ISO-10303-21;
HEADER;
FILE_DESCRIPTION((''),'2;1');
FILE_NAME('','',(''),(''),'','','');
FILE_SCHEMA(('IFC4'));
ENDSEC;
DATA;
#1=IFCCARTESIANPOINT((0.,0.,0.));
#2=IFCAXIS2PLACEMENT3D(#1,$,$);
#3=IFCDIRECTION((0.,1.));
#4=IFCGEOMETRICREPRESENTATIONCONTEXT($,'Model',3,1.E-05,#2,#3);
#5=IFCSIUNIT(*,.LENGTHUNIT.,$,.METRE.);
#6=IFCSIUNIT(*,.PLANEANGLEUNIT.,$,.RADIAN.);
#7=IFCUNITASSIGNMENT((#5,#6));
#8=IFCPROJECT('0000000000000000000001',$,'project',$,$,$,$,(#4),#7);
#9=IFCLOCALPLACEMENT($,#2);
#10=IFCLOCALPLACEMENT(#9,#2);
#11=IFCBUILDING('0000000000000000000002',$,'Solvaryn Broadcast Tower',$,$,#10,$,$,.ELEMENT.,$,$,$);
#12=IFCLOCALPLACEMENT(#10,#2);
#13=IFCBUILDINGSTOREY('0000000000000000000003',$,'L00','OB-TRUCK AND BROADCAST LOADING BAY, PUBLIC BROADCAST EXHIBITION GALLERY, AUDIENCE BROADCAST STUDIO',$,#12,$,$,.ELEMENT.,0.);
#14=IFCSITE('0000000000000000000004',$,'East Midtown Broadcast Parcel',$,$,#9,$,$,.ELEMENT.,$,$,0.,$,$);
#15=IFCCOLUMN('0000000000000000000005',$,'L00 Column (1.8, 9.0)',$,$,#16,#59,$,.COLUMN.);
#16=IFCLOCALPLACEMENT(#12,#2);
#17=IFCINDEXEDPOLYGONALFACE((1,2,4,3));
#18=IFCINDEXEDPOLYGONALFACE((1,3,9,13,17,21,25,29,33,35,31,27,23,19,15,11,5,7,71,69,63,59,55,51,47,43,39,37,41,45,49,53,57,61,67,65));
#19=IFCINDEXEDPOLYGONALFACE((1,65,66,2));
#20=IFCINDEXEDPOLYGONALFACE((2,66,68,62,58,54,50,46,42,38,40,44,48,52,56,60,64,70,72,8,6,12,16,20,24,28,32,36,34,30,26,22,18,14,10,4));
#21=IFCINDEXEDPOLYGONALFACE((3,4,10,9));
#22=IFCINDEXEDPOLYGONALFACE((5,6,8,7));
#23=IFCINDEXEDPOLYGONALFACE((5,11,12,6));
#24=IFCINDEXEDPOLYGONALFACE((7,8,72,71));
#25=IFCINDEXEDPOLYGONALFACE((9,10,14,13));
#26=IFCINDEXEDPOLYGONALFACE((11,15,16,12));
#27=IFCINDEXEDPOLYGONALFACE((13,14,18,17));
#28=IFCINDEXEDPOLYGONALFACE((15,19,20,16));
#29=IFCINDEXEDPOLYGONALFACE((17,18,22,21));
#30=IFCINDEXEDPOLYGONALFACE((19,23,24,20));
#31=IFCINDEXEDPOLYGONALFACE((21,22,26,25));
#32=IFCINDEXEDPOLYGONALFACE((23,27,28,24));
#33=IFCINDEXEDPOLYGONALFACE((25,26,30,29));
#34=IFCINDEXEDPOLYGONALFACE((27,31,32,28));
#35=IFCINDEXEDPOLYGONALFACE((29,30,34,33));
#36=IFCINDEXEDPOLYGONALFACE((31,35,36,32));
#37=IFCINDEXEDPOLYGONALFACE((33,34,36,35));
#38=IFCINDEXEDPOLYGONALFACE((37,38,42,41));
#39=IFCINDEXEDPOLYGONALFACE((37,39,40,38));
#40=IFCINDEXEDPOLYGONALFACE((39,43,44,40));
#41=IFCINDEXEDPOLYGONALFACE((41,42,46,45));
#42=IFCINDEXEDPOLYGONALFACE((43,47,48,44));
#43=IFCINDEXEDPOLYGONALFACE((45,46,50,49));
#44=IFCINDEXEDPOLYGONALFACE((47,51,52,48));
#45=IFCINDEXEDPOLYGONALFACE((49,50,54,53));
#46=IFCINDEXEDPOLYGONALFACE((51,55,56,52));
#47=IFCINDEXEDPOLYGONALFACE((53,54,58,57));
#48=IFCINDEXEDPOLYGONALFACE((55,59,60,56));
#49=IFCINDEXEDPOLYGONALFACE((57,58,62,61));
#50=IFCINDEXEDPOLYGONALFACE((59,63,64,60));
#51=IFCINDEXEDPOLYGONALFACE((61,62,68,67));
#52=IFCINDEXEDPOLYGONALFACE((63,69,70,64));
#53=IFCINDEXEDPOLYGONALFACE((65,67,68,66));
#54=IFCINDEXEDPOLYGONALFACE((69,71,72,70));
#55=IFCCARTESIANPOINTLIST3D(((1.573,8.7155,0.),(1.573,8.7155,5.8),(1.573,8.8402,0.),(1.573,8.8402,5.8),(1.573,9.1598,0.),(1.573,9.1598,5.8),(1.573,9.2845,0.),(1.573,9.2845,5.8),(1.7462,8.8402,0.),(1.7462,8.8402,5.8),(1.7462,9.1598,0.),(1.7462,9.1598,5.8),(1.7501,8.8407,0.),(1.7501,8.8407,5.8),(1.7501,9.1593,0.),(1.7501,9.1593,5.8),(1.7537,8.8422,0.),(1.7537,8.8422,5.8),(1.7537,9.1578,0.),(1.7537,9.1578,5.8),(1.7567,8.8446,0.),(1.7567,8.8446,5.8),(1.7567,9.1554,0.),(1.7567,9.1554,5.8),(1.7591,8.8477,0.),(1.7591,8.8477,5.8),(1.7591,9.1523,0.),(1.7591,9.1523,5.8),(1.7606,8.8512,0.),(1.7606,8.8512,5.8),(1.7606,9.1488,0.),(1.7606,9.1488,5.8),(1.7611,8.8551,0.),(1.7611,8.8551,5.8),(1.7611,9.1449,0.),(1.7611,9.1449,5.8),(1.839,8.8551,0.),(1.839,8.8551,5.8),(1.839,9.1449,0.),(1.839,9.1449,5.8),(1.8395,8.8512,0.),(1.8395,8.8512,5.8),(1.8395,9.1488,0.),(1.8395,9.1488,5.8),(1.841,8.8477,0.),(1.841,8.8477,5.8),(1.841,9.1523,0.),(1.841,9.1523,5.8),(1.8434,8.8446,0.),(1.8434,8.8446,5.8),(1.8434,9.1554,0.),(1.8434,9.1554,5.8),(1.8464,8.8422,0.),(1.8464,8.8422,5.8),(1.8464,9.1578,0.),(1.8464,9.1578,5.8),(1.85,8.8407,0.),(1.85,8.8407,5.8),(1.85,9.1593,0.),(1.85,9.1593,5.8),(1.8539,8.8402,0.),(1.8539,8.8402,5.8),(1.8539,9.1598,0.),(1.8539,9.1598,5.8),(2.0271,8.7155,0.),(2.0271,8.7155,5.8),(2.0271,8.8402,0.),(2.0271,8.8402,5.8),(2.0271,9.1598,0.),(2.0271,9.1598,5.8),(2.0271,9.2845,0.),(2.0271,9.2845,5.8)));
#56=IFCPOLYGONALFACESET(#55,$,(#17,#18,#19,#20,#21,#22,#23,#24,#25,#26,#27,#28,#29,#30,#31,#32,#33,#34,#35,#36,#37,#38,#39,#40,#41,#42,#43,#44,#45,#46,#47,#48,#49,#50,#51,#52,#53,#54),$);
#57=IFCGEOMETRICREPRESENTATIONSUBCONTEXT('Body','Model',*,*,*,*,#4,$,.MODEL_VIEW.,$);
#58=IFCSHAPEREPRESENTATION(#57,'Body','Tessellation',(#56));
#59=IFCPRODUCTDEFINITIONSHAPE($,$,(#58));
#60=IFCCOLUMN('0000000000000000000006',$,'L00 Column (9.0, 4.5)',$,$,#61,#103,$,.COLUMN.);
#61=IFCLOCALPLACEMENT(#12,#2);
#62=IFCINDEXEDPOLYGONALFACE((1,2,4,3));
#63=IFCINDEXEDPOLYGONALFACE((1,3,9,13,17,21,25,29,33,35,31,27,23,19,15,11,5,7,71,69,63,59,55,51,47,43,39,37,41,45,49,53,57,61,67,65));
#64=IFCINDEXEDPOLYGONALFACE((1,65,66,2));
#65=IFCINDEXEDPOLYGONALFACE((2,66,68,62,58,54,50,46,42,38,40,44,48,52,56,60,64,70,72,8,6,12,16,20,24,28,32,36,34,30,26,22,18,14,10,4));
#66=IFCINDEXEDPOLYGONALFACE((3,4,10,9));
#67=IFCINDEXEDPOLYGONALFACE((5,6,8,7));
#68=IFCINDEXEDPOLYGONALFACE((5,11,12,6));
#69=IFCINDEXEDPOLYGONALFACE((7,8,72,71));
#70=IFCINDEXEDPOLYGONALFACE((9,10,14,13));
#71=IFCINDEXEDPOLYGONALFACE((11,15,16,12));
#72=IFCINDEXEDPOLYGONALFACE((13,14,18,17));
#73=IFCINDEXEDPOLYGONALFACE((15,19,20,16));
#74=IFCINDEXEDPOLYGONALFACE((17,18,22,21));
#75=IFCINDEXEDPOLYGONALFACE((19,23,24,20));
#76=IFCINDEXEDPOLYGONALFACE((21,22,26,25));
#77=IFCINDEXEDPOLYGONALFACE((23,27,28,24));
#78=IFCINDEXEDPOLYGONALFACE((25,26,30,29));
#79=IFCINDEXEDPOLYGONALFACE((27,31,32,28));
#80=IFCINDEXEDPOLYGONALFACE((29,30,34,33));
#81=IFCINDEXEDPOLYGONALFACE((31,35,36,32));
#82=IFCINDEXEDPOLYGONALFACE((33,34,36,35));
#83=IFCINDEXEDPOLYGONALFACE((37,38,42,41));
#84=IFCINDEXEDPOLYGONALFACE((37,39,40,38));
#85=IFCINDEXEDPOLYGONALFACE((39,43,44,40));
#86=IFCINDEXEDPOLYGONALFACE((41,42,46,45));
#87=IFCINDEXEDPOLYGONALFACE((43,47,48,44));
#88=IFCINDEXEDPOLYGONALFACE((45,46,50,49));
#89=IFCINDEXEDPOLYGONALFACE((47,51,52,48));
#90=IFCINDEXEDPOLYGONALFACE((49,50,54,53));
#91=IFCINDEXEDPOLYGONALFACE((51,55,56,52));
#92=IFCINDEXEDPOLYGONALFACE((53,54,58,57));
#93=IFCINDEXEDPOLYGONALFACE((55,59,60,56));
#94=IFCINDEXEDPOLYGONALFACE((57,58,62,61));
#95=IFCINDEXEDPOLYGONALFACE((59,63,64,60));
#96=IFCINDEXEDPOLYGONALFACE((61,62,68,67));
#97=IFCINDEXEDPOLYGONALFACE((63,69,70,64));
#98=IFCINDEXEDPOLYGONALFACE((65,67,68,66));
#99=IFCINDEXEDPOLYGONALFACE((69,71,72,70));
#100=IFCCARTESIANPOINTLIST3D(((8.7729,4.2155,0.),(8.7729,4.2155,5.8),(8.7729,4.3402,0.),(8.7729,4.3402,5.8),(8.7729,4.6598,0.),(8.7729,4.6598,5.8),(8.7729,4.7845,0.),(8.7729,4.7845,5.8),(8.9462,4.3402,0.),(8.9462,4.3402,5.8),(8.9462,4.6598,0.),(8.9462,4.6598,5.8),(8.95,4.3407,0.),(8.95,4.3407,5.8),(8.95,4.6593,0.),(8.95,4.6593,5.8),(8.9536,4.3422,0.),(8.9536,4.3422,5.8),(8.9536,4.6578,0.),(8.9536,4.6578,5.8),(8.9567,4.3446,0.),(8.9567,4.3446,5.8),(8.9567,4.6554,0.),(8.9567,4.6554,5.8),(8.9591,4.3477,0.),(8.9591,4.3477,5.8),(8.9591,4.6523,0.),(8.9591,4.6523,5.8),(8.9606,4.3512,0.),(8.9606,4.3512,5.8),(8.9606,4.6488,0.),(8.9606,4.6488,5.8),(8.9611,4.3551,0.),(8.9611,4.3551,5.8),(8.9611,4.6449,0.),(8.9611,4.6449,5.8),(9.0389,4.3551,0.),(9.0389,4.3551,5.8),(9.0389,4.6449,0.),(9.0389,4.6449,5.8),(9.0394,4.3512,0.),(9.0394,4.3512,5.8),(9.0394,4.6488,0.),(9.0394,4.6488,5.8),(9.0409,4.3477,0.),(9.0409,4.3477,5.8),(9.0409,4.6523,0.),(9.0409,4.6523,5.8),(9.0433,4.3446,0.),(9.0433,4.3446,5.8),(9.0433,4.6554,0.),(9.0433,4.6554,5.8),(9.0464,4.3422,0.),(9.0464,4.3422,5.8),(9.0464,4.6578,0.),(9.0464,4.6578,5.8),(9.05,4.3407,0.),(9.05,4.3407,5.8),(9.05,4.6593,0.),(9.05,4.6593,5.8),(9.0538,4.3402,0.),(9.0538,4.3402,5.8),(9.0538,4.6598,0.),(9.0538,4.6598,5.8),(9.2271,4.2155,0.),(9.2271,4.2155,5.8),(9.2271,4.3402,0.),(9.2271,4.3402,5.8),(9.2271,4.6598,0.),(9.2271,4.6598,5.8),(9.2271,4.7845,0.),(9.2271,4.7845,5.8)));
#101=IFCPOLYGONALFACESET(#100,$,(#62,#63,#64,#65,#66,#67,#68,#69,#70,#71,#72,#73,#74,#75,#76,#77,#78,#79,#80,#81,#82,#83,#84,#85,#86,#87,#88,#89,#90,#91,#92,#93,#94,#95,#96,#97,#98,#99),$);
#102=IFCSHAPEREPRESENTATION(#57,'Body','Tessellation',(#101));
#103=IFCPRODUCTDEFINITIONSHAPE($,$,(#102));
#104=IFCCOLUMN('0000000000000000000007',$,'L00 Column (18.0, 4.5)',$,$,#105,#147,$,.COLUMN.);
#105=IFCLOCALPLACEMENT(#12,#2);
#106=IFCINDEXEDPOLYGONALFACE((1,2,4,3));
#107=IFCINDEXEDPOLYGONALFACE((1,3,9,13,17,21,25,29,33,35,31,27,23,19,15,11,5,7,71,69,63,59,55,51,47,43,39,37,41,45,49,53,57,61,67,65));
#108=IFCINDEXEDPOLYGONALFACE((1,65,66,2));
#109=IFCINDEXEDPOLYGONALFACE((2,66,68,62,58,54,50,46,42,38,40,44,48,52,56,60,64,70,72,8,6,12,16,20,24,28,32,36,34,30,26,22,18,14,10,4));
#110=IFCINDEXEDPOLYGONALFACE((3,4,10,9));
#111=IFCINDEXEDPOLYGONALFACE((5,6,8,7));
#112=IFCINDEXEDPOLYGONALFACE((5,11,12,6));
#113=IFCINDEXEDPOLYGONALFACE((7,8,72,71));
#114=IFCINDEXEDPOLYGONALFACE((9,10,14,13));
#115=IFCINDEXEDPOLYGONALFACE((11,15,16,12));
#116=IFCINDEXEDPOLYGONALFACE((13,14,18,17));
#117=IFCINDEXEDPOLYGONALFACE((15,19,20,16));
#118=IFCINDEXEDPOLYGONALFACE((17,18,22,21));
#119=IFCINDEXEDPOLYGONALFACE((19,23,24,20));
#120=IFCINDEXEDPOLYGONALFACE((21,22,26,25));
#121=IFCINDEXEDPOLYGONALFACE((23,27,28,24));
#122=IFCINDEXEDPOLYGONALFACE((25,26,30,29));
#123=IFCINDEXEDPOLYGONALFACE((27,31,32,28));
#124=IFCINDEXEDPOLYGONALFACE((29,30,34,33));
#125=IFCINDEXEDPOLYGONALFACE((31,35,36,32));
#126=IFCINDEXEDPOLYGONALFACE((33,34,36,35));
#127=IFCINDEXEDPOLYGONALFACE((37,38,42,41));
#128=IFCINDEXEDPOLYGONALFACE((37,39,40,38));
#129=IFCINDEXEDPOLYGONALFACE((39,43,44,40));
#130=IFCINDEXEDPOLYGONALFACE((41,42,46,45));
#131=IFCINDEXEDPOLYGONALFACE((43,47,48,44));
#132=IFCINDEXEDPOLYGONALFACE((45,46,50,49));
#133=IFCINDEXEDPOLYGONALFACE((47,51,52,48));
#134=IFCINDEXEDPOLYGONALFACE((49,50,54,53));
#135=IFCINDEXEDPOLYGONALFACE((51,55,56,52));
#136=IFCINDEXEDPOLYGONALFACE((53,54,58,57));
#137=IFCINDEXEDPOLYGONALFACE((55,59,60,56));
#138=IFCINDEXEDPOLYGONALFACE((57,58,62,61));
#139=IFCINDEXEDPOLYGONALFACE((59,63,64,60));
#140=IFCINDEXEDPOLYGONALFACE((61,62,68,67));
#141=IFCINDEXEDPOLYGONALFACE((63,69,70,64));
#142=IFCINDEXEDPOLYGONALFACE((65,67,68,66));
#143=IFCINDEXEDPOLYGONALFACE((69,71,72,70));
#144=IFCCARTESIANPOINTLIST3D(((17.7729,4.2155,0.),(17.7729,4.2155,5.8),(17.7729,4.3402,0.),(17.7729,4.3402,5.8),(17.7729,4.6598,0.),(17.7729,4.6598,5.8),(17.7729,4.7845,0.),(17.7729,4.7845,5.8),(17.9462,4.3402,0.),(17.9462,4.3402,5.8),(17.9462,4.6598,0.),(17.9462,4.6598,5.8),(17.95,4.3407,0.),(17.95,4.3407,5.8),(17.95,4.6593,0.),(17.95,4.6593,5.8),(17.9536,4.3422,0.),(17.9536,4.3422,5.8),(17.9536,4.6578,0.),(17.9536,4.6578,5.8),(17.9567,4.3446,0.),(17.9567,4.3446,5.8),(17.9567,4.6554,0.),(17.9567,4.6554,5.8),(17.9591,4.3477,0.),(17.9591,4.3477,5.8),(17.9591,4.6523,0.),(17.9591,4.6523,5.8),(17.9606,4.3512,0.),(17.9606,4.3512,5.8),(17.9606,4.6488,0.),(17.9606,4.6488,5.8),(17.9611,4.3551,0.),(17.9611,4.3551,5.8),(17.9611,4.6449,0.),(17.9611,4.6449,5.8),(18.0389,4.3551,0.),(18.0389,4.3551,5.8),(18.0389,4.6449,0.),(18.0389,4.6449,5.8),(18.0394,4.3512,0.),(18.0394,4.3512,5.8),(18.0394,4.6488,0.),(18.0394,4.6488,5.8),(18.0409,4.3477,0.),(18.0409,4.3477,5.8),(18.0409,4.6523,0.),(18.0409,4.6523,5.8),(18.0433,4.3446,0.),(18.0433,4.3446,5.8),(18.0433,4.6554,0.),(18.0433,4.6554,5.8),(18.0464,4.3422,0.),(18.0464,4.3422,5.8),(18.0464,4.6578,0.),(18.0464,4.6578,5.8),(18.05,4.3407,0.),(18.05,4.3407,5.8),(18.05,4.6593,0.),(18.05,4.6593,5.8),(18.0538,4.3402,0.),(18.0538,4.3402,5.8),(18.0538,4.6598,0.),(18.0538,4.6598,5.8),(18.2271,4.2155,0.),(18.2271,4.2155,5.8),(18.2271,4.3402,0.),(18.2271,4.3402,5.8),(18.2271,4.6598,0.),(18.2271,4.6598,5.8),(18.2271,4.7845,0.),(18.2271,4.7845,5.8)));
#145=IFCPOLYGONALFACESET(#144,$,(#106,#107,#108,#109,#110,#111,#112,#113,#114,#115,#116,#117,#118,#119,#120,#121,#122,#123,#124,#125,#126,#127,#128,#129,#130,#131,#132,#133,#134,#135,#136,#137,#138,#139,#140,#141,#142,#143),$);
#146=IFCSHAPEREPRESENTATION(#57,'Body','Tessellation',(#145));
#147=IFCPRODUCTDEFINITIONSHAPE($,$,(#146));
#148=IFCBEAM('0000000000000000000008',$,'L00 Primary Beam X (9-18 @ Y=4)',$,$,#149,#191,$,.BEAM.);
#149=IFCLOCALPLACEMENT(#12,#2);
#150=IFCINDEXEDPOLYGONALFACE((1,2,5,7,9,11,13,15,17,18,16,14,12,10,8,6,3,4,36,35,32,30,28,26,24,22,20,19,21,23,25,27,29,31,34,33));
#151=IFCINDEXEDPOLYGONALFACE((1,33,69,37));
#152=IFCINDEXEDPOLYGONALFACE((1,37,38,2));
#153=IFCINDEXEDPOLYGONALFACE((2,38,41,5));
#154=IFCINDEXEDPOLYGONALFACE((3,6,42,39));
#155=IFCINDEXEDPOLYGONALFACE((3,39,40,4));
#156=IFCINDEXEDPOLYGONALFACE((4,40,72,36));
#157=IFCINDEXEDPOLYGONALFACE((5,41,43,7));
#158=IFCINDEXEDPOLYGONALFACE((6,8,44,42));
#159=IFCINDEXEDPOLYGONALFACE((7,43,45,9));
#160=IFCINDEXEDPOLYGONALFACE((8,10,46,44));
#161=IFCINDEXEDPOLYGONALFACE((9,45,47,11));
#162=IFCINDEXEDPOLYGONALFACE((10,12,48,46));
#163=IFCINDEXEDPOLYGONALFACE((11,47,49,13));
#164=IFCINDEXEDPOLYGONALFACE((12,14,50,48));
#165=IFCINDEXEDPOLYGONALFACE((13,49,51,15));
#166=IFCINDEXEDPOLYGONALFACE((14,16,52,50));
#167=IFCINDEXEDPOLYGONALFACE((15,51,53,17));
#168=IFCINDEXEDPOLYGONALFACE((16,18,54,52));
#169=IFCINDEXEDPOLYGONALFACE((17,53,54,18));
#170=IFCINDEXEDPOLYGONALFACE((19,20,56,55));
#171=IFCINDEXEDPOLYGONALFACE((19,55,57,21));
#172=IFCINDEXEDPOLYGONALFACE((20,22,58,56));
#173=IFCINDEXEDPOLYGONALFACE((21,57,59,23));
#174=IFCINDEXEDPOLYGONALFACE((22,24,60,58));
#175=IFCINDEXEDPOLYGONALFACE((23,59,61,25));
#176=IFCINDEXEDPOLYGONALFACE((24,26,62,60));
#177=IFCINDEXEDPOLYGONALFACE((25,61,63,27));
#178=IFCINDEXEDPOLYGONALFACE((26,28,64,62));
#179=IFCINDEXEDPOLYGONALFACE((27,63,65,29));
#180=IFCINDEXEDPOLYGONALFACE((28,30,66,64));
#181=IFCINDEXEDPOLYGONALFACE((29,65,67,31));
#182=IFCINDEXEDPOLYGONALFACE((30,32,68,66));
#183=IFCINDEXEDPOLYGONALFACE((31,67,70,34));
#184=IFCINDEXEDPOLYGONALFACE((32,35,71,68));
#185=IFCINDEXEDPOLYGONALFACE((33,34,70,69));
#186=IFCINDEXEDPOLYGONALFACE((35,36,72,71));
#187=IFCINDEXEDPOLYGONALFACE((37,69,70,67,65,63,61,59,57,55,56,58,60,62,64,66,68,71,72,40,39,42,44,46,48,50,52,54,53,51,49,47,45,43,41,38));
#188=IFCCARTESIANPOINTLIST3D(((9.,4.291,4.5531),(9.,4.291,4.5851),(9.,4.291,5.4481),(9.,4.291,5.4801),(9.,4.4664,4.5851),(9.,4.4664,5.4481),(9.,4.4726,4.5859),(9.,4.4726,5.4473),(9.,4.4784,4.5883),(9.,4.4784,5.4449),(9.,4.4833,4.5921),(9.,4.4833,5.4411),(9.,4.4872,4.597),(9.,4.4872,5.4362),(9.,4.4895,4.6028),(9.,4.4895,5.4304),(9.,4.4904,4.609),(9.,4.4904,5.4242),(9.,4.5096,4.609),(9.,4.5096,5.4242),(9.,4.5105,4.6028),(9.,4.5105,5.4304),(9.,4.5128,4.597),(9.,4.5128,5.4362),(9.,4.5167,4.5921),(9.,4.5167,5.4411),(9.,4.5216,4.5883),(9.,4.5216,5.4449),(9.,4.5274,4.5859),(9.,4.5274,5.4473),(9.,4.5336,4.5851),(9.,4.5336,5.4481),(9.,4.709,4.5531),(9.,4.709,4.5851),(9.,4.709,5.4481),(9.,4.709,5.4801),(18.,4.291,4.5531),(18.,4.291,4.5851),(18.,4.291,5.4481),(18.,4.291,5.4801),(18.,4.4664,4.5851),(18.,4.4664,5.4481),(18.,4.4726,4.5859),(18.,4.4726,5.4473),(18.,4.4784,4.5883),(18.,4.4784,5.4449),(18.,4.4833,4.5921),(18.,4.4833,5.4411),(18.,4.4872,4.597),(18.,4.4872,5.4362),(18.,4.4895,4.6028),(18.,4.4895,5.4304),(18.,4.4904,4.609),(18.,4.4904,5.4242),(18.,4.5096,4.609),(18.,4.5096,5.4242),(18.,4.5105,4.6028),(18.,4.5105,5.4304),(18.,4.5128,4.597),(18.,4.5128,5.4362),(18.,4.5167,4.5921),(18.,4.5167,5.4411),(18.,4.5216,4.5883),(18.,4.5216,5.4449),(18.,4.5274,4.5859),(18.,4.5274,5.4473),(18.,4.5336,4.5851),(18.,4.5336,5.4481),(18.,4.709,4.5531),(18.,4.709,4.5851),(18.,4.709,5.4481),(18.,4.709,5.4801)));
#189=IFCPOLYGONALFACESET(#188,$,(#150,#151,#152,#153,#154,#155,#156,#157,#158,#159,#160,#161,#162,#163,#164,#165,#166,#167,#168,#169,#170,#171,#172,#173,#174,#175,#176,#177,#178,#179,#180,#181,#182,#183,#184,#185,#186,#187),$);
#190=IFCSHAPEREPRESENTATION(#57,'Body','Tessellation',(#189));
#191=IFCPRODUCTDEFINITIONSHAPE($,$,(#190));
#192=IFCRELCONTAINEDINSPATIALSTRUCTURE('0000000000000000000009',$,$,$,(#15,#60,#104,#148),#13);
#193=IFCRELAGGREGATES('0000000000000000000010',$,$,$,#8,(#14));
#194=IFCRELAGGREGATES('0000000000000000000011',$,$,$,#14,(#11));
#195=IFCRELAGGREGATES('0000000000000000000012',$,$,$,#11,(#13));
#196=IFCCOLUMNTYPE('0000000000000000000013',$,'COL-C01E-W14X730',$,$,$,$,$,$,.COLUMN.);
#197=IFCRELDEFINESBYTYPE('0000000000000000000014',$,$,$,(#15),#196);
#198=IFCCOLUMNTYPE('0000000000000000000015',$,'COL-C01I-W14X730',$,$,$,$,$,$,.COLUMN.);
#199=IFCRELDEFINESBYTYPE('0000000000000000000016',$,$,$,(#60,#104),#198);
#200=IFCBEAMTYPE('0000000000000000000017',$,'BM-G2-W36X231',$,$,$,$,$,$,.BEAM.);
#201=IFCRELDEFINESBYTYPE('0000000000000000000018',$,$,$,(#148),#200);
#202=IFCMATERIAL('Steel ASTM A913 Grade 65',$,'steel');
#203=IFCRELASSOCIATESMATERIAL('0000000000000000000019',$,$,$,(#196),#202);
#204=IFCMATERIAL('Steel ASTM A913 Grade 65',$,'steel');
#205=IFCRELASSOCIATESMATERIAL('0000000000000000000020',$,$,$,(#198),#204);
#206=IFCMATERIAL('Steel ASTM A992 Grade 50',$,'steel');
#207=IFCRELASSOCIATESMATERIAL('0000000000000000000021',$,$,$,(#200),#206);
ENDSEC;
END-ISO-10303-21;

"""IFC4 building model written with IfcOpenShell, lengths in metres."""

from ifc_helpers import new_model, si_unit, direction, frame, origin, origin_2d, place, context, subcontext, project, spatial, i_section, extrude, material, material_profile, profile_set, type_object, element, save


model = new_model("IFC4")

# Units and contexts
model_context = context("Model", 3, precision=1e-05, world=origin(), true_north=direction((0.0, 1.0)))
body_context = subcontext(model_context, "Body", "Model", "MODEL_VIEW")
ifc_project = project(units=[si_unit("LENGTHUNIT", "METRE"), si_unit("PLANEANGLEUNIT", "RADIAN")], contexts=[model_context])

# Site, building, storey
site_placement = place(None, origin())
site = spatial("IfcSite", under=ifc_project, at=site_placement, Name="East Midtown Broadcast Parcel", CompositionType="ELEMENT", RefElevation=0.0)
building_placement = place(site_placement, origin())
building = spatial("IfcBuilding", under=site, at=building_placement, Name="Solvaryn Broadcast Tower", CompositionType="ELEMENT")
storey_placement = place(building_placement, origin())
storey = spatial("IfcBuildingStorey", under=building, at=storey_placement, Name="L00", Description="OB-TRUCK AND BROADCAST LOADING BAY, PUBLIC BROADCAST EXHIBITION GALLERY, AUDIENCE BROADCAST STUDIO", CompositionType="ELEMENT", Elevation=0.0)

# Columns
ifc_material_1 = material(Name="Steel ASTM A913 Grade 65", Category="steel")
ifc_material_profile_1 = material_profile(ifc_material_1, i_section(OverallWidth=0.4541, OverallDepth=0.5691, WebThickness=0.0779, FlangeThickness=0.1248, FilletRadius=0.0149, at=origin_2d()))
ifc_profile_set_1 = profile_set([ifc_material_profile_1], Name="Steel ASTM A913 Grade 65")
column_type_1 = type_object("IfcColumnType", Name="COL-C01E-W14X730", PredefinedType="COLUMN", material=ifc_profile_set_1)
for number, where, z_axis, x_axis, name in (
    (1, (1.8, 9.0, 0.0), (0.0, 0.0, 1.0), (1.0, 0.0, 0.0), "L00 Column (1.8, 9.0)"),
):
    element("IfcColumn", number, at=place(storey_placement, frame(where, z_axis=z_axis, x_axis=x_axis)), inside=storey, type_object=column_type_1, Name=name, PredefinedType="COLUMN", context=body_context, shape_type="SweptSolid", body=[
        extrude(i_section(OverallWidth=0.4541, OverallDepth=0.5691, WebThickness=0.0779, FlangeThickness=0.1248, FilletRadius=0.0149, at=origin_2d()), origin(), (0.0, 0.0, 1.0), 5.8),
    ])
ifc_material_2 = material(Name="Steel ASTM A913 Grade 65", Category="steel")
ifc_material_profile_2 = material_profile(ifc_material_2, i_section(OverallWidth=0.4541, OverallDepth=0.5691, WebThickness=0.0779, FlangeThickness=0.1248, FilletRadius=0.0149, at=origin_2d()))
ifc_profile_set_2 = profile_set([ifc_material_profile_2], Name="Steel ASTM A913 Grade 65")
column_type_2 = type_object("IfcColumnType", Name="COL-C01I-W14X730", PredefinedType="COLUMN", material=ifc_profile_set_2)
for number, where, z_axis, x_axis, name in (
    (2, (9.0, 4.5, 0.0), (0.0, 0.0, 1.0), (1.0, 0.0, 0.0), "L00 Column (9.0, 4.5)"),
    (3, (18.0, 4.5, 0.0), (0.0, 0.0, 1.0), (1.0, 0.0, 0.0), "L00 Column (18.0, 4.5)"),
):
    element("IfcColumn", number, at=place(storey_placement, frame(where, z_axis=z_axis, x_axis=x_axis)), inside=storey, type_object=column_type_2, Name=name, PredefinedType="COLUMN", context=body_context, shape_type="SweptSolid", body=[
        extrude(i_section(OverallWidth=0.4541, OverallDepth=0.5691, WebThickness=0.0779, FlangeThickness=0.1248, FilletRadius=0.0149, at=origin_2d()), origin(), (0.0, 0.0, 1.0), 5.8),
    ])

# Beam
ifc_material_3 = material(Name="Steel ASTM A992 Grade 50", Category="steel")
ifc_material_profile_3 = material_profile(ifc_material_3, i_section(OverallWidth=0.418, OverallDepth=0.927, WebThickness=0.0193, FlangeThickness=0.032, FilletRadius=0.0239, at=origin_2d()))
ifc_profile_set_3 = profile_set([ifc_material_profile_3], Name="Steel ASTM A992 Grade 50")
beam_type_1 = type_object("IfcBeamType", Name="BM-G2-W36X231", PredefinedType="BEAM", material=ifc_profile_set_3)
for number, where, z_axis, x_axis, name in (
    (4, (9.0, 4.5, 5.0166), (1.0, 0.0, 0.0), (0.0, 1.0, 0.0), "L00 Primary Beam X (9-18 @ Y=4)"),
):
    element("IfcBeam", number, at=place(storey_placement, frame(where, z_axis=z_axis, x_axis=x_axis)), inside=storey, type_object=beam_type_1, Name=name, PredefinedType="BEAM", context=body_context, shape_type="SweptSolid", body=[
        extrude(i_section(OverallWidth=0.418, OverallDepth=0.927, WebThickness=0.0193, FlangeThickness=0.032, FilletRadius=0.0239, at=origin_2d()), origin(), (0.0, 0.0, 1.0), 9.0),
    ])

save(model, "model.ifc")
